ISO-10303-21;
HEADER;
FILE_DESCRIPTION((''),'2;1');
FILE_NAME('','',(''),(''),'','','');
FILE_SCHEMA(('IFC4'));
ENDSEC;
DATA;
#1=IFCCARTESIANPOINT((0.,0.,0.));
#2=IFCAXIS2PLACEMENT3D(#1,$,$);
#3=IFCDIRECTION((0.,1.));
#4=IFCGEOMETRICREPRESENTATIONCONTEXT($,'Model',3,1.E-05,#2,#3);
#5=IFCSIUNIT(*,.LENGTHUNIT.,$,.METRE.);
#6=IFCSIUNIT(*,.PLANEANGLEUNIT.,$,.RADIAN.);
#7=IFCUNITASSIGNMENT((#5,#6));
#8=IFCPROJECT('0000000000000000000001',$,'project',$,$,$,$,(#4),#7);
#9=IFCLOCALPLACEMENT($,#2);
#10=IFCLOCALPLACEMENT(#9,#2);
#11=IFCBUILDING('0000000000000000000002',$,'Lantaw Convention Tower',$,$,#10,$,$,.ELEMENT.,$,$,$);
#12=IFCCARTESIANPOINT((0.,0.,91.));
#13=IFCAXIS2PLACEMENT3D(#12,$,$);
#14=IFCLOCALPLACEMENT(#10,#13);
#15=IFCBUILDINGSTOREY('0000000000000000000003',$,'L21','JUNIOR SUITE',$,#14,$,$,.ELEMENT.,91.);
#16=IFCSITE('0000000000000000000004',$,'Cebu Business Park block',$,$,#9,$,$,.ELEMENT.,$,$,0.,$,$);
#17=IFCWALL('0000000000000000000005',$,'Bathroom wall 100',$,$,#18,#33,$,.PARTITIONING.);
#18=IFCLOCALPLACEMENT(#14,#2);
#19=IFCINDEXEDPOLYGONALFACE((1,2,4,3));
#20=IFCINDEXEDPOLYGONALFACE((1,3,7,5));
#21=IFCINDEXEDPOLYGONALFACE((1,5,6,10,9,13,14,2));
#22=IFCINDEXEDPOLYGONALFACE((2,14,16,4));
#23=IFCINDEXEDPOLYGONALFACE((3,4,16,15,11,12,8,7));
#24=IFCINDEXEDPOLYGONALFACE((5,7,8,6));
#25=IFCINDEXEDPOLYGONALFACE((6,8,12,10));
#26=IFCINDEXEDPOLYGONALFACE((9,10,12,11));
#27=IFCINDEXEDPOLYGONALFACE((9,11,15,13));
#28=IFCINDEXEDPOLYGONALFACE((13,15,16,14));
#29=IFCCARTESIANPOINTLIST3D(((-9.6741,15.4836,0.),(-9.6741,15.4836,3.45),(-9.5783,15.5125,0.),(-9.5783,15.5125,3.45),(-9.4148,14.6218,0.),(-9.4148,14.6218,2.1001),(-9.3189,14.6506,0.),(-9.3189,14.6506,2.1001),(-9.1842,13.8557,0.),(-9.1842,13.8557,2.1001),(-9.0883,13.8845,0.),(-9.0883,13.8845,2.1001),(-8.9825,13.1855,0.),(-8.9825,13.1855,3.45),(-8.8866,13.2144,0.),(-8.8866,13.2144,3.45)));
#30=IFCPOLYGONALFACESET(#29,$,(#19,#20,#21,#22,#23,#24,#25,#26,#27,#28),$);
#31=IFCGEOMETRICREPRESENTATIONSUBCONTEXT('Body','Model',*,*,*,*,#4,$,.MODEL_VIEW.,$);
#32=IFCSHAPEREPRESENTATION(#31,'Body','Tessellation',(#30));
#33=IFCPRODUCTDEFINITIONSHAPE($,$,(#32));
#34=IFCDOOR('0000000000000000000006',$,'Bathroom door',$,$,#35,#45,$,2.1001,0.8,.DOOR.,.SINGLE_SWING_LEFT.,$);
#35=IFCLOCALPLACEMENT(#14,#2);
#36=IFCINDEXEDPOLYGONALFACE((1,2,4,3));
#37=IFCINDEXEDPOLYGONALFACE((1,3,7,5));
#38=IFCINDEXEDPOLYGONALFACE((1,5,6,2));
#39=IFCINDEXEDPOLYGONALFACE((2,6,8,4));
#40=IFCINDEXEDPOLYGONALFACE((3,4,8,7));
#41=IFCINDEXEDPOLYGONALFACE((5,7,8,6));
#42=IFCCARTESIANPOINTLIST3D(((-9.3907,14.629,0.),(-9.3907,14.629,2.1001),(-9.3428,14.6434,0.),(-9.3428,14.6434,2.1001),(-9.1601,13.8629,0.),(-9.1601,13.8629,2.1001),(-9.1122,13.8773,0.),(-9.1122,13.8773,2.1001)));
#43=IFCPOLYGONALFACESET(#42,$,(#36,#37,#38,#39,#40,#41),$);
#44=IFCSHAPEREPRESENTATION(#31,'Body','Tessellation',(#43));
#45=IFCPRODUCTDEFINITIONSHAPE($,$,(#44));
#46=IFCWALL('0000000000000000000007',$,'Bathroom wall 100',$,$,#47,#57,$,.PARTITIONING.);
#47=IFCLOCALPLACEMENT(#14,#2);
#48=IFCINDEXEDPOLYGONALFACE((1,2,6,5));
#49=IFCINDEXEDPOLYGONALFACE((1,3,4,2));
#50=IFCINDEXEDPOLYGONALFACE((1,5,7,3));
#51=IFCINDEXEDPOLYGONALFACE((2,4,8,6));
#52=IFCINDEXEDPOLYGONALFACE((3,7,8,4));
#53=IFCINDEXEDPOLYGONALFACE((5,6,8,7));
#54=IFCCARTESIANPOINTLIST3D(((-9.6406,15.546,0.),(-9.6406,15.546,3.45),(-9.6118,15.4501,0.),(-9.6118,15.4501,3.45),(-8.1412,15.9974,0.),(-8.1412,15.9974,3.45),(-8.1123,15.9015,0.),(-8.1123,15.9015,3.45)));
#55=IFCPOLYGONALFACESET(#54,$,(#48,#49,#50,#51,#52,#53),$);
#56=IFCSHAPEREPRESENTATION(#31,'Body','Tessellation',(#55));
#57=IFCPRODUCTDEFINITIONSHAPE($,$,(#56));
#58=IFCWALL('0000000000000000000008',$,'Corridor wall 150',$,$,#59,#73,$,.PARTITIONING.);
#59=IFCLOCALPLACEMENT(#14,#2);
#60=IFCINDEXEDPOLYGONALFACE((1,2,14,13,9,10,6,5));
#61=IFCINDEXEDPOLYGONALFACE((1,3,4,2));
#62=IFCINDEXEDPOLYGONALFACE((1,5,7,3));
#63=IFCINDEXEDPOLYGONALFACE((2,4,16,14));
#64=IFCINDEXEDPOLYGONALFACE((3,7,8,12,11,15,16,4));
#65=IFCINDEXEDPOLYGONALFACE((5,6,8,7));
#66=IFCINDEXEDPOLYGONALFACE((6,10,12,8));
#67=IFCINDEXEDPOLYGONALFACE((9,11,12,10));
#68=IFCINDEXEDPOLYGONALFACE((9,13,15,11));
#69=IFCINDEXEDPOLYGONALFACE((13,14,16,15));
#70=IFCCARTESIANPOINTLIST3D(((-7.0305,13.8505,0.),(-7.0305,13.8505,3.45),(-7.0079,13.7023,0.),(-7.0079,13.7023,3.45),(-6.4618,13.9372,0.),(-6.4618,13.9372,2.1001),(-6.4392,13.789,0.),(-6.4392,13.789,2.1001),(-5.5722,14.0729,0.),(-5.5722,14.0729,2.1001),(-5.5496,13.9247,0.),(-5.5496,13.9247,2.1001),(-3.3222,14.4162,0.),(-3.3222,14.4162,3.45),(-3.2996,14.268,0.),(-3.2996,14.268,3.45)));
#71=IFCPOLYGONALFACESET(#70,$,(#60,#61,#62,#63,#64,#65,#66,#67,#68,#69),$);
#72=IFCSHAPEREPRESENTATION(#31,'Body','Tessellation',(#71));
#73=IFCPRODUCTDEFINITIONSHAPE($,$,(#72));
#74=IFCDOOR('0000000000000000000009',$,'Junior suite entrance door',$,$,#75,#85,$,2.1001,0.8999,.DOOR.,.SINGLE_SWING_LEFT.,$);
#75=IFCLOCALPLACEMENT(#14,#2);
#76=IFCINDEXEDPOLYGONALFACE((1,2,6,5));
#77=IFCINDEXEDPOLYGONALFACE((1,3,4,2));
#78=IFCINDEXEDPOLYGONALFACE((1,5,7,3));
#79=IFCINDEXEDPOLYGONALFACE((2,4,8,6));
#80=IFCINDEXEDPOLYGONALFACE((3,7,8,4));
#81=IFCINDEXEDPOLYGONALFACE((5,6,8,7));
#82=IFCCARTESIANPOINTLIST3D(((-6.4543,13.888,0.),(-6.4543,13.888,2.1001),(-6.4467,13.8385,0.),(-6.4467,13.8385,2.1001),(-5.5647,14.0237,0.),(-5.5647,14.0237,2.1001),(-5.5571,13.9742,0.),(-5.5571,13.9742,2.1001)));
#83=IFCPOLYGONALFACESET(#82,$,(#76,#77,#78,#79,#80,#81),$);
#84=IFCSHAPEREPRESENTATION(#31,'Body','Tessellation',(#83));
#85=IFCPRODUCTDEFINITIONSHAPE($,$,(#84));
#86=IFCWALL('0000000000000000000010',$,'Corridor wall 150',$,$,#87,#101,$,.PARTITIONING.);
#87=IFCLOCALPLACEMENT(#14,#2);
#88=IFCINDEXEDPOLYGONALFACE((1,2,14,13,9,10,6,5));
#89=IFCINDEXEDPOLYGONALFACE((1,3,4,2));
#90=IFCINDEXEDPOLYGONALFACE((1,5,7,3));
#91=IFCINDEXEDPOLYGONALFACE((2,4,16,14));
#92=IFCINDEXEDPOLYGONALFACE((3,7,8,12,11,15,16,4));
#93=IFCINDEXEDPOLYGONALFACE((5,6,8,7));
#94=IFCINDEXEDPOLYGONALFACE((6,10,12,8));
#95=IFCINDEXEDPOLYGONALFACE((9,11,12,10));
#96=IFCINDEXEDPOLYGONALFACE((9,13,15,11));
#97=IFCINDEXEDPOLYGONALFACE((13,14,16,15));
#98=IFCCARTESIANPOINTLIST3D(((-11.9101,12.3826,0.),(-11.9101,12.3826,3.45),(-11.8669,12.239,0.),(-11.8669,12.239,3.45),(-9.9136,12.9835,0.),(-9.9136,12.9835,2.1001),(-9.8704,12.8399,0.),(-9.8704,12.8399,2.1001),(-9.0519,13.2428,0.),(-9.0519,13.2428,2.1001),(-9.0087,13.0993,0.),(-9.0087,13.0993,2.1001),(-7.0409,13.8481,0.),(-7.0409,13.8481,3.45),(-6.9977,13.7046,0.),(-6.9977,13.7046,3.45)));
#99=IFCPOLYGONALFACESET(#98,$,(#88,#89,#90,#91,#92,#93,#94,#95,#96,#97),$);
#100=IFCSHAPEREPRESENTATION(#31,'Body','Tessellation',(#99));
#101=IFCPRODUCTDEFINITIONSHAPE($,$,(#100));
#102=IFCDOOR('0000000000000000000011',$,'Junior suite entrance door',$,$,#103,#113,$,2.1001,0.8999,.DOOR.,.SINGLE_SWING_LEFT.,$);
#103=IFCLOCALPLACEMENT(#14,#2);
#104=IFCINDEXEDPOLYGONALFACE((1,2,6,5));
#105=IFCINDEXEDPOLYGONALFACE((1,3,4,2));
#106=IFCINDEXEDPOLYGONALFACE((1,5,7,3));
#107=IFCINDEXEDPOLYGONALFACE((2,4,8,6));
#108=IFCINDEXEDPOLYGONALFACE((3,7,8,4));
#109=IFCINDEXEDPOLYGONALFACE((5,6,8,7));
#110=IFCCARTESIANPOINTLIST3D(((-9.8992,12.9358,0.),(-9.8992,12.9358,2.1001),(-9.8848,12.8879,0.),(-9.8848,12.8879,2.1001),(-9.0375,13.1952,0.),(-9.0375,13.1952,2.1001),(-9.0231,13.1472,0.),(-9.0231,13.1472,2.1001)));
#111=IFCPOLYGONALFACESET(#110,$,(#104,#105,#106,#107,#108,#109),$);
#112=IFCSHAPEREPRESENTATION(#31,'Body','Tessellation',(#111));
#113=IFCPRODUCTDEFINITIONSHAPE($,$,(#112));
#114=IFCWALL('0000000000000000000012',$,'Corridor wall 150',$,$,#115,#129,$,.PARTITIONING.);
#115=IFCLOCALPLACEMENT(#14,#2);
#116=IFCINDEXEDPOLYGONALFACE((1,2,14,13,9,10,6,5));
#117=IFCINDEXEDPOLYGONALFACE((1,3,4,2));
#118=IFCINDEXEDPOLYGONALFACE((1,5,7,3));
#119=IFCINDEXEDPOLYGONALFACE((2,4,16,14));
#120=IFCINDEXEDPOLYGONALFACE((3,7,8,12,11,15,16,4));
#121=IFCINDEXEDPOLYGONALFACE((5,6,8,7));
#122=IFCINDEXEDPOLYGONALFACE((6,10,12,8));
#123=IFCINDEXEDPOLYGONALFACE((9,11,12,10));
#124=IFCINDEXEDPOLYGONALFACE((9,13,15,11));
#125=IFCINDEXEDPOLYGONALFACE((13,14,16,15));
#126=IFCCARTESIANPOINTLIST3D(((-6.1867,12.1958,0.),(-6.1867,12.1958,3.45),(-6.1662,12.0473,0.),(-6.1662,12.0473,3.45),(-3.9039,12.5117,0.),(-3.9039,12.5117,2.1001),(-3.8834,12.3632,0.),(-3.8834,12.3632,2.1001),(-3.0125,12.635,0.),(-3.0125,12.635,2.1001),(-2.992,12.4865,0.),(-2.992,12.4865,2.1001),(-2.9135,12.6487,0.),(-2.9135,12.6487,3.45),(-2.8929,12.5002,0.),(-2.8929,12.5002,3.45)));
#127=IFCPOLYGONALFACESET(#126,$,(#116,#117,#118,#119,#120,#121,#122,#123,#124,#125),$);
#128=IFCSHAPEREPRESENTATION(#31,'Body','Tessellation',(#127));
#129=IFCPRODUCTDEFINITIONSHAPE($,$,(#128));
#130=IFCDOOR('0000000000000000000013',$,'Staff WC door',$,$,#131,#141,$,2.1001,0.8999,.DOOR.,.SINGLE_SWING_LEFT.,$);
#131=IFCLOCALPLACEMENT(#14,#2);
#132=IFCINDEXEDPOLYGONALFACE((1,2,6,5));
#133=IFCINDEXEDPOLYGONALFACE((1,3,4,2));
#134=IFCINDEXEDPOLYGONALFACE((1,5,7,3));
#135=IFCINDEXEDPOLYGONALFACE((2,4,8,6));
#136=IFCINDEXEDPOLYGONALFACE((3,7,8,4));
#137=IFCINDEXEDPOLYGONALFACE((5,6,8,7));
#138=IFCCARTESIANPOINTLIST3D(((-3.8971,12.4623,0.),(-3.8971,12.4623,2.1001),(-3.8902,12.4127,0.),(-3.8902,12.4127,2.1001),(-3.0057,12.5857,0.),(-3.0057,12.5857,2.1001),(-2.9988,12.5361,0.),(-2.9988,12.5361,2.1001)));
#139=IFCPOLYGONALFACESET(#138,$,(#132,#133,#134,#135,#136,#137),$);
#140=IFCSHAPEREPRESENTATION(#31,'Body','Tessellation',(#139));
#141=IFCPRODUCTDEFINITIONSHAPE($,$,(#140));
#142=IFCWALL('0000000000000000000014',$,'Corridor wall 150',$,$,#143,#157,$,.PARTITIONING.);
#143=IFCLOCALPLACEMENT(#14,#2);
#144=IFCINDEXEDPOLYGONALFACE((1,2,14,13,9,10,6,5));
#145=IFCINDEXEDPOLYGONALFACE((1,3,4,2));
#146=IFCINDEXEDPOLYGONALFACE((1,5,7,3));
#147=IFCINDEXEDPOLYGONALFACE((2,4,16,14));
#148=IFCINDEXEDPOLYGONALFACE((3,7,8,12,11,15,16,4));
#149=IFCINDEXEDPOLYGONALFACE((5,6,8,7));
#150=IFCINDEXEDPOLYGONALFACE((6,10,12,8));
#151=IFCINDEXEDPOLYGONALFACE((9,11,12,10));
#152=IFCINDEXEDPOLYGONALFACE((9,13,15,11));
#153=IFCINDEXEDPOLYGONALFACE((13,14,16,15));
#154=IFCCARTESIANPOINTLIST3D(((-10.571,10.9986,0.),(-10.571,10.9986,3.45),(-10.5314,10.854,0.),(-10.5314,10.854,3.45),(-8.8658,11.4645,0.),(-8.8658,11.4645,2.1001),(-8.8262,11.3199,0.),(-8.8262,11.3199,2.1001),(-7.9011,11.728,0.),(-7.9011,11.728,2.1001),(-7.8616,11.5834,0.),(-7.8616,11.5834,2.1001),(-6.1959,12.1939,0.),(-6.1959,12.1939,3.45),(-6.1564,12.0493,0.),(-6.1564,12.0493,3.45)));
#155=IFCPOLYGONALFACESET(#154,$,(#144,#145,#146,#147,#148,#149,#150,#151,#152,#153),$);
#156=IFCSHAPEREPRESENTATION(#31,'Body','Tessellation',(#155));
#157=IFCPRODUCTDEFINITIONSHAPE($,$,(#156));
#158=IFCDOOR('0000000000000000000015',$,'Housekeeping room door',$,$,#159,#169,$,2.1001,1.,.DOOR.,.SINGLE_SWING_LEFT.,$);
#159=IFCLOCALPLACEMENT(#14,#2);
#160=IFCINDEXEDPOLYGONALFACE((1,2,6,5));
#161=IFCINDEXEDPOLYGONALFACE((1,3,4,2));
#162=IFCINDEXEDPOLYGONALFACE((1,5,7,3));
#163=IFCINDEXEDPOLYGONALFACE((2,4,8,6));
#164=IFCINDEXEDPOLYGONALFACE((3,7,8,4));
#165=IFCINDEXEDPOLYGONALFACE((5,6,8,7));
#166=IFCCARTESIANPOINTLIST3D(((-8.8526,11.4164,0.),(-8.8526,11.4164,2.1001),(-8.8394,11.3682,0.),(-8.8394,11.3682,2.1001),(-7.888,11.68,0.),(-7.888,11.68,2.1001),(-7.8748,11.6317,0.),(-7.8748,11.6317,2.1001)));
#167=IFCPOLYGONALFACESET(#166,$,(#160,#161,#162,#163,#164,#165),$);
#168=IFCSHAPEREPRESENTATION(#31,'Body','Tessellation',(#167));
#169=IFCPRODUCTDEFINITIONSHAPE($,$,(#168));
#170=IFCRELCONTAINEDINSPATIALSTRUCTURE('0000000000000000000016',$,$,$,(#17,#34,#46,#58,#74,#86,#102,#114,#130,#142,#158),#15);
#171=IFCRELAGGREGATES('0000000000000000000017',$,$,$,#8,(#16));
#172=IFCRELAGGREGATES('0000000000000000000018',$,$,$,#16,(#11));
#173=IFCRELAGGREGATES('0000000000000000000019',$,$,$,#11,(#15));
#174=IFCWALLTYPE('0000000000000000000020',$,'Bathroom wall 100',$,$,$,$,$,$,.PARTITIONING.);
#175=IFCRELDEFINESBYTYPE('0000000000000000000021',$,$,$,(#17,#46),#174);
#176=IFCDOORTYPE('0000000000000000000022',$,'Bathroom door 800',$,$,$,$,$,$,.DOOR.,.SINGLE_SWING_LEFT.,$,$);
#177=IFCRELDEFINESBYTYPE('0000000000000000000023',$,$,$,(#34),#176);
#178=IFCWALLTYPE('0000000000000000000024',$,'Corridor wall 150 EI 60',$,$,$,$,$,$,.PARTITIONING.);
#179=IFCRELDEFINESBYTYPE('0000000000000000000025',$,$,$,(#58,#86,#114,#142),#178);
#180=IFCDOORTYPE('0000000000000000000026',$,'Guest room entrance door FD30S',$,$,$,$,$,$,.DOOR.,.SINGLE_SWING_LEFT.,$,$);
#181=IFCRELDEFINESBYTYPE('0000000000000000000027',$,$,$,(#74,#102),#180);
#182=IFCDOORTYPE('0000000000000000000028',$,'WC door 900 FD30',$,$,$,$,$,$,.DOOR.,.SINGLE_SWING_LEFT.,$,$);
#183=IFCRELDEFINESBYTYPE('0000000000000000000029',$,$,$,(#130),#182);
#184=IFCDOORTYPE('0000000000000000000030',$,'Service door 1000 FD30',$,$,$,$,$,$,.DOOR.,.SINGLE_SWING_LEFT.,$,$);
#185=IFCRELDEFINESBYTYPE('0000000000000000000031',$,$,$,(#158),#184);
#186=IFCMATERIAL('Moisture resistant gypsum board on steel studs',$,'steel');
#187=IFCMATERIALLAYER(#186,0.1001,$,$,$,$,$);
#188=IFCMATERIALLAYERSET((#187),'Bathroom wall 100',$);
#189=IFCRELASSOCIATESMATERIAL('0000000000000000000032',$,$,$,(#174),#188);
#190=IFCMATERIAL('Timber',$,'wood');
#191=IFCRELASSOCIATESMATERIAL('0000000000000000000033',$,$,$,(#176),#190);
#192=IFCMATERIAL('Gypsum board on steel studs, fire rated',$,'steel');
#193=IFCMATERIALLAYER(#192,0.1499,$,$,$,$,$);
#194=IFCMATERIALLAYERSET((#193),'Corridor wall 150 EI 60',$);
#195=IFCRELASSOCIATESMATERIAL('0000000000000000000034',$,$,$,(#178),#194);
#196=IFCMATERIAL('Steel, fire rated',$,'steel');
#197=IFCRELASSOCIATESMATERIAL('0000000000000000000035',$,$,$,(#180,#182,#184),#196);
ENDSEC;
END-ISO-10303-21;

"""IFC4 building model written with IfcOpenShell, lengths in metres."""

from ifc_helpers import new_model, si_unit, direction, frame, frame_2d, origin, place, context, subcontext, project, spatial, rectangle, extrude, material, layer, layer_set, type_object, element, fill, save


model = new_model("IFC4")

# Units and contexts
model_context = context("Model", 3, precision=1e-05, world=origin(), true_north=direction((0.0, 1.0)))
body_context = subcontext(model_context, "Body", "Model", "MODEL_VIEW")
ifc_project = project(units=[si_unit("LENGTHUNIT", "METRE"), si_unit("PLANEANGLEUNIT", "RADIAN")], contexts=[model_context])

# Site, building, storey
site_placement = place(None, origin())
site = spatial("IfcSite", under=ifc_project, at=site_placement, Name="Cebu Business Park block", CompositionType="ELEMENT", RefElevation=0.0)
building_placement = place(site_placement, origin())
building = spatial("IfcBuilding", under=site, at=building_placement, Name="Lantaw Convention Tower", CompositionType="ELEMENT")
storey_placement = place(building_placement, frame((0.0, 0.0, 91.0)))
storey = spatial("IfcBuildingStorey", under=building, at=storey_placement, Name="L21", Description="JUNIOR SUITE", CompositionType="ELEMENT", Elevation=91.0)

# Wall, opening, door
ifc_material_1 = material(Name="Moisture resistant gypsum board on steel studs", Category="steel")
ifc_layer_1 = layer(ifc_material_1, 0.1001)
ifc_layer_set_1 = layer_set([ifc_layer_1], Name="Bathroom wall 100")
wall_type_1 = type_object("IfcWallType", Name="Bathroom wall 100", PredefinedType="PARTITIONING", material=ifc_layer_set_1)
ifc_material_2 = material(Name="Timber", Category="wood")
door_type_1 = type_object("IfcDoorType", Name="Bathroom door 800", OperationType="SINGLE_SWING_LEFT", PredefinedType="DOOR", material=ifc_material_2)
wall_1_placement = place(storey_placement, frame((-8.9346, 13.2, 0.0), z_axis=(0.0, 0.0, 1.0), x_axis=(-0.288197, 0.957571, 0.0)))
wall_1 = element("IfcWall", 1, at=wall_1_placement, inside=storey, type_object=wall_type_1, Name="Bathroom wall 100", PredefinedType="PARTITIONING", context=body_context, shape_type="SweptSolid", body=[
    extrude(rectangle(XDim=2.3999, YDim=0.1001, at=frame_2d((1.2, 0.0))), origin(), (0.0, 0.0, 1.0), 3.45),
])
opening_1_placement = place(wall_1_placement, frame((0.7, 0.0, 0.0)))
opening_1 = element("IfcOpeningElement", 2, at=opening_1_placement, cuts=wall_1, PredefinedType="OPENING", context=body_context, shape_type="SweptSolid", body=[
    extrude(rectangle(XDim=0.8, YDim=2.1001, at=frame_2d((0.3999, 1.05))), frame((0.0, 0.0601, 0.0), z_axis=(0.0, -1.0, 0.0), x_axis=(1.0, 0.0, 0.0)), (0.0, 0.0, 1.0), 0.1201),
])
door_1_placement = place(opening_1_placement, origin())
door_1 = element("IfcDoor", 3, at=door_1_placement, inside=storey, type_object=door_type_1, Name="Bathroom door", OperationType="SINGLE_SWING_LEFT", OverallHeight=2.1001, OverallWidth=0.8, PredefinedType="DOOR", context=body_context, shape_type="SweptSolid", body=[
    extrude(rectangle(XDim=0.8, YDim=2.1001, at=frame_2d((0.3999, 1.05))), frame((0.0, 0.0249, 0.0), z_axis=(0.0, -1.0, 0.0), x_axis=(1.0, 0.0, 0.0)), (0.0, 0.0, 1.0), 0.05),
])
fill(opening_1, door_1)

# Wall
wall_2_placement = place(storey_placement, frame((-9.6262, 15.498, 0.0), z_axis=(0.0, 0.0, 1.0), x_axis=(0.957551, 0.288263, 0.0)))
element("IfcWall", 4, at=wall_2_placement, inside=storey, type_object=wall_type_1, Name="Bathroom wall 100", PredefinedType="PARTITIONING", context=body_context, shape_type="SweptSolid", body=[
    extrude(rectangle(XDim=1.5659, YDim=0.1001, at=frame_2d((0.783, 0.0))), origin(), (0.0, 0.0, 1.0), 3.45),
])

# Walls, openings, doors
ifc_material_3 = material(Name="Gypsum board on steel studs, fire rated", Category="steel")
ifc_layer_2 = layer(ifc_material_3, 0.1499)
ifc_layer_set_2 = layer_set([ifc_layer_2], Name="Corridor wall 150 EI 60")
wall_type_2 = type_object("IfcWallType", Name="Corridor wall 150 EI 60", PredefinedType="PARTITIONING", material=ifc_layer_set_2)
wall_3_placement = place(storey_placement, frame((-3.311, 14.342, 0.0), z_axis=(0.0, 0.0, 1.0), x_axis=(-0.988564, -0.1508, 0.0)))
wall_3 = element("IfcWall", 5, at=wall_3_placement, inside=storey, type_object=wall_type_2, Name="Corridor wall 150", PredefinedType="PARTITIONING", context=body_context, shape_type="SweptSolid", body=[
    extrude(rectangle(XDim=3.7512, YDim=0.1499, at=frame_2d((1.8755, 0.0))), origin(), (0.0, 0.0, 1.0), 3.45),
])
opening_2_placement = place(wall_3_placement, frame((2.2759, 0.0, 0.0)))
opening_2 = element("IfcOpeningElement", 6, at=opening_2_placement, cuts=wall_3, PredefinedType="OPENING", context=body_context, shape_type="SweptSolid", body=[
    extrude(rectangle(XDim=0.8999, YDim=2.1001, at=frame_2d((0.45, 1.05))), frame((0.0, 0.085, 0.0), z_axis=(0.0, -1.0, 0.0), x_axis=(1.0, 0.0, 0.0)), (0.0, 0.0, 1.0), 0.1699),
])
ifc_material_4 = material(Name="Steel, fire rated", Category="steel")
door_type_2 = type_object("IfcDoorType", Name="Guest room entrance door FD30S", OperationType="SINGLE_SWING_LEFT", PredefinedType="DOOR", material=ifc_material_4)
door_2_placement = place(opening_2_placement, origin())
door_2 = element("IfcDoor", 7, at=door_2_placement, inside=storey, type_object=door_type_2, Name="Junior suite entrance door", OperationType="SINGLE_SWING_LEFT", OverallHeight=2.1001, OverallWidth=0.8999, PredefinedType="DOOR", context=body_context, shape_type="SweptSolid", body=[
    extrude(rectangle(XDim=0.8999, YDim=2.1001, at=frame_2d((0.45, 1.05))), frame((0.0, 0.0249, 0.0), z_axis=(0.0, -1.0, 0.0), x_axis=(1.0, 0.0, 0.0)), (0.0, 0.0, 1.0), 0.05),
])
fill(opening_2, door_2)
wall_4_placement = place(storey_placement, frame((-7.0193, 13.7764, 0.0), z_axis=(0.0, 0.0, 1.0), x_axis=(-0.957564, -0.28822, 0.0)))
wall_4 = element("IfcWall", 8, at=wall_4_placement, inside=storey, type_object=wall_type_2, Name="Corridor wall 150", PredefinedType="PARTITIONING", context=body_context, shape_type="SweptSolid", body=[
    extrude(rectangle(XDim=5.085, YDim=0.1499, at=frame_2d((2.5425, 0.0))), origin(), (0.0, 0.0, 1.0), 3.45),
])
opening_3_placement = place(wall_4_placement, frame((2.1001, 0.0, 0.0)))
opening_3 = element("IfcOpeningElement", 9, at=opening_3_placement, cuts=wall_4, PredefinedType="OPENING", context=body_context, shape_type="SweptSolid", body=[
    extrude(rectangle(XDim=0.8999, YDim=2.1001, at=frame_2d((0.45, 1.05))), frame((0.0, 0.085, 0.0), z_axis=(0.0, -1.0, 0.0), x_axis=(1.0, 0.0, 0.0)), (0.0, 0.0, 1.0), 0.1699),
])
door_3_placement = place(opening_3_placement, origin())
door_3 = element("IfcDoor", 10, at=door_3_placement, inside=storey, type_object=door_type_2, Name="Junior suite entrance door", OperationType="SINGLE_SWING_LEFT", OverallHeight=2.1001, OverallWidth=0.8999, PredefinedType="DOOR", context=body_context, shape_type="SweptSolid", body=[
    extrude(rectangle(XDim=0.8999, YDim=2.1001, at=frame_2d((0.45, 1.05))), frame((0.0, 0.0249, 0.0), z_axis=(0.0, -1.0, 0.0), x_axis=(1.0, 0.0, 0.0)), (0.0, 0.0, 1.0), 0.05),
])
fill(opening_3, door_3)
wall_5_placement = place(storey_placement, frame((-2.9031, 12.5745, 0.0), z_axis=(0.0, 0.0, 1.0), x_axis=(-0.990563, -0.137055, 0.0)))
wall_5 = element("IfcWall", 11, at=wall_5_placement, inside=storey, type_object=wall_type_2, Name="Corridor wall 150", PredefinedType="PARTITIONING", context=body_context, shape_type="SweptSolid", body=[
    extrude(rectangle(XDim=3.3044, YDim=0.1499, at=frame_2d((1.6523, 0.0))), origin(), (0.0, 0.0, 1.0), 3.45),
])
opening_4_placement = place(wall_5_placement, frame((0.1001, 0.0, 0.0)))
opening_4 = element("IfcOpeningElement", 12, at=opening_4_placement, cuts=wall_5, PredefinedType="OPENING", context=body_context, shape_type="SweptSolid", body=[
    extrude(rectangle(XDim=0.8999, YDim=2.1001, at=frame_2d((0.45, 1.05))), frame((0.0, 0.085, 0.0), z_axis=(0.0, -1.0, 0.0), x_axis=(1.0, 0.0, 0.0)), (0.0, 0.0, 1.0), 0.1699),
])
door_type_3 = type_object("IfcDoorType", Name="WC door 900 FD30", OperationType="SINGLE_SWING_LEFT", PredefinedType="DOOR", material=ifc_material_4)
door_4_placement = place(opening_4_placement, origin())
door_4 = element("IfcDoor", 13, at=door_4_placement, inside=storey, type_object=door_type_3, Name="Staff WC door", OperationType="SINGLE_SWING_LEFT", OverallHeight=2.1001, OverallWidth=0.8999, PredefinedType="DOOR", context=body_context, shape_type="SweptSolid", body=[
    extrude(rectangle(XDim=0.8999, YDim=2.1001, at=frame_2d((0.45, 1.05))), frame((0.0, 0.0249, 0.0), z_axis=(0.0, -1.0, 0.0), x_axis=(1.0, 0.0, 0.0)), (0.0, 0.0, 1.0), 0.05),
])
fill(opening_4, door_4)
wall_6_placement = place(storey_placement, frame((-6.1763, 12.1216, 0.0), z_axis=(0.0, 0.0, 1.0), x_axis=(-0.964644, -0.263555, 0.0)))
wall_6 = element("IfcWall", 14, at=wall_6_placement, inside=storey, type_object=wall_type_2, Name="Corridor wall 150", PredefinedType="PARTITIONING", context=body_context, shape_type="SweptSolid", body=[
    extrude(rectangle(XDim=4.5354, YDim=0.1499, at=frame_2d((2.2676, 0.0))), origin(), (0.0, 0.0, 1.0), 3.45),
])
opening_5_placement = place(wall_6_placement, frame((1.7676, 0.0, 0.0)))
opening_5 = element("IfcOpeningElement", 15, at=opening_5_placement, cuts=wall_6, PredefinedType="OPENING", context=body_context, shape_type="SweptSolid", body=[
    extrude(rectangle(XDim=1.0, YDim=2.1001, at=frame_2d((0.5, 1.05))), frame((0.0, 0.085, 0.0), z_axis=(0.0, -1.0, 0.0), x_axis=(1.0, 0.0, 0.0)), (0.0, 0.0, 1.0), 0.1699),
])
door_type_4 = type_object("IfcDoorType", Name="Service door 1000 FD30", OperationType="SINGLE_SWING_LEFT", PredefinedType="DOOR", material=ifc_material_4)
door_5_placement = place(opening_5_placement, origin())
door_5 = element("IfcDoor", 16, at=door_5_placement, inside=storey, type_object=door_type_4, Name="Housekeeping room door", OperationType="SINGLE_SWING_LEFT", OverallHeight=2.1001, OverallWidth=1.0, PredefinedType="DOOR", context=body_context, shape_type="SweptSolid", body=[
    extrude(rectangle(XDim=1.0, YDim=2.1001, at=frame_2d((0.5, 1.05))), frame((0.0, 0.0249, 0.0), z_axis=(0.0, -1.0, 0.0), x_axis=(1.0, 0.0, 0.0)), (0.0, 0.0, 1.0), 0.05),
])
fill(opening_5, door_5)

save(model, "model.ifc")
